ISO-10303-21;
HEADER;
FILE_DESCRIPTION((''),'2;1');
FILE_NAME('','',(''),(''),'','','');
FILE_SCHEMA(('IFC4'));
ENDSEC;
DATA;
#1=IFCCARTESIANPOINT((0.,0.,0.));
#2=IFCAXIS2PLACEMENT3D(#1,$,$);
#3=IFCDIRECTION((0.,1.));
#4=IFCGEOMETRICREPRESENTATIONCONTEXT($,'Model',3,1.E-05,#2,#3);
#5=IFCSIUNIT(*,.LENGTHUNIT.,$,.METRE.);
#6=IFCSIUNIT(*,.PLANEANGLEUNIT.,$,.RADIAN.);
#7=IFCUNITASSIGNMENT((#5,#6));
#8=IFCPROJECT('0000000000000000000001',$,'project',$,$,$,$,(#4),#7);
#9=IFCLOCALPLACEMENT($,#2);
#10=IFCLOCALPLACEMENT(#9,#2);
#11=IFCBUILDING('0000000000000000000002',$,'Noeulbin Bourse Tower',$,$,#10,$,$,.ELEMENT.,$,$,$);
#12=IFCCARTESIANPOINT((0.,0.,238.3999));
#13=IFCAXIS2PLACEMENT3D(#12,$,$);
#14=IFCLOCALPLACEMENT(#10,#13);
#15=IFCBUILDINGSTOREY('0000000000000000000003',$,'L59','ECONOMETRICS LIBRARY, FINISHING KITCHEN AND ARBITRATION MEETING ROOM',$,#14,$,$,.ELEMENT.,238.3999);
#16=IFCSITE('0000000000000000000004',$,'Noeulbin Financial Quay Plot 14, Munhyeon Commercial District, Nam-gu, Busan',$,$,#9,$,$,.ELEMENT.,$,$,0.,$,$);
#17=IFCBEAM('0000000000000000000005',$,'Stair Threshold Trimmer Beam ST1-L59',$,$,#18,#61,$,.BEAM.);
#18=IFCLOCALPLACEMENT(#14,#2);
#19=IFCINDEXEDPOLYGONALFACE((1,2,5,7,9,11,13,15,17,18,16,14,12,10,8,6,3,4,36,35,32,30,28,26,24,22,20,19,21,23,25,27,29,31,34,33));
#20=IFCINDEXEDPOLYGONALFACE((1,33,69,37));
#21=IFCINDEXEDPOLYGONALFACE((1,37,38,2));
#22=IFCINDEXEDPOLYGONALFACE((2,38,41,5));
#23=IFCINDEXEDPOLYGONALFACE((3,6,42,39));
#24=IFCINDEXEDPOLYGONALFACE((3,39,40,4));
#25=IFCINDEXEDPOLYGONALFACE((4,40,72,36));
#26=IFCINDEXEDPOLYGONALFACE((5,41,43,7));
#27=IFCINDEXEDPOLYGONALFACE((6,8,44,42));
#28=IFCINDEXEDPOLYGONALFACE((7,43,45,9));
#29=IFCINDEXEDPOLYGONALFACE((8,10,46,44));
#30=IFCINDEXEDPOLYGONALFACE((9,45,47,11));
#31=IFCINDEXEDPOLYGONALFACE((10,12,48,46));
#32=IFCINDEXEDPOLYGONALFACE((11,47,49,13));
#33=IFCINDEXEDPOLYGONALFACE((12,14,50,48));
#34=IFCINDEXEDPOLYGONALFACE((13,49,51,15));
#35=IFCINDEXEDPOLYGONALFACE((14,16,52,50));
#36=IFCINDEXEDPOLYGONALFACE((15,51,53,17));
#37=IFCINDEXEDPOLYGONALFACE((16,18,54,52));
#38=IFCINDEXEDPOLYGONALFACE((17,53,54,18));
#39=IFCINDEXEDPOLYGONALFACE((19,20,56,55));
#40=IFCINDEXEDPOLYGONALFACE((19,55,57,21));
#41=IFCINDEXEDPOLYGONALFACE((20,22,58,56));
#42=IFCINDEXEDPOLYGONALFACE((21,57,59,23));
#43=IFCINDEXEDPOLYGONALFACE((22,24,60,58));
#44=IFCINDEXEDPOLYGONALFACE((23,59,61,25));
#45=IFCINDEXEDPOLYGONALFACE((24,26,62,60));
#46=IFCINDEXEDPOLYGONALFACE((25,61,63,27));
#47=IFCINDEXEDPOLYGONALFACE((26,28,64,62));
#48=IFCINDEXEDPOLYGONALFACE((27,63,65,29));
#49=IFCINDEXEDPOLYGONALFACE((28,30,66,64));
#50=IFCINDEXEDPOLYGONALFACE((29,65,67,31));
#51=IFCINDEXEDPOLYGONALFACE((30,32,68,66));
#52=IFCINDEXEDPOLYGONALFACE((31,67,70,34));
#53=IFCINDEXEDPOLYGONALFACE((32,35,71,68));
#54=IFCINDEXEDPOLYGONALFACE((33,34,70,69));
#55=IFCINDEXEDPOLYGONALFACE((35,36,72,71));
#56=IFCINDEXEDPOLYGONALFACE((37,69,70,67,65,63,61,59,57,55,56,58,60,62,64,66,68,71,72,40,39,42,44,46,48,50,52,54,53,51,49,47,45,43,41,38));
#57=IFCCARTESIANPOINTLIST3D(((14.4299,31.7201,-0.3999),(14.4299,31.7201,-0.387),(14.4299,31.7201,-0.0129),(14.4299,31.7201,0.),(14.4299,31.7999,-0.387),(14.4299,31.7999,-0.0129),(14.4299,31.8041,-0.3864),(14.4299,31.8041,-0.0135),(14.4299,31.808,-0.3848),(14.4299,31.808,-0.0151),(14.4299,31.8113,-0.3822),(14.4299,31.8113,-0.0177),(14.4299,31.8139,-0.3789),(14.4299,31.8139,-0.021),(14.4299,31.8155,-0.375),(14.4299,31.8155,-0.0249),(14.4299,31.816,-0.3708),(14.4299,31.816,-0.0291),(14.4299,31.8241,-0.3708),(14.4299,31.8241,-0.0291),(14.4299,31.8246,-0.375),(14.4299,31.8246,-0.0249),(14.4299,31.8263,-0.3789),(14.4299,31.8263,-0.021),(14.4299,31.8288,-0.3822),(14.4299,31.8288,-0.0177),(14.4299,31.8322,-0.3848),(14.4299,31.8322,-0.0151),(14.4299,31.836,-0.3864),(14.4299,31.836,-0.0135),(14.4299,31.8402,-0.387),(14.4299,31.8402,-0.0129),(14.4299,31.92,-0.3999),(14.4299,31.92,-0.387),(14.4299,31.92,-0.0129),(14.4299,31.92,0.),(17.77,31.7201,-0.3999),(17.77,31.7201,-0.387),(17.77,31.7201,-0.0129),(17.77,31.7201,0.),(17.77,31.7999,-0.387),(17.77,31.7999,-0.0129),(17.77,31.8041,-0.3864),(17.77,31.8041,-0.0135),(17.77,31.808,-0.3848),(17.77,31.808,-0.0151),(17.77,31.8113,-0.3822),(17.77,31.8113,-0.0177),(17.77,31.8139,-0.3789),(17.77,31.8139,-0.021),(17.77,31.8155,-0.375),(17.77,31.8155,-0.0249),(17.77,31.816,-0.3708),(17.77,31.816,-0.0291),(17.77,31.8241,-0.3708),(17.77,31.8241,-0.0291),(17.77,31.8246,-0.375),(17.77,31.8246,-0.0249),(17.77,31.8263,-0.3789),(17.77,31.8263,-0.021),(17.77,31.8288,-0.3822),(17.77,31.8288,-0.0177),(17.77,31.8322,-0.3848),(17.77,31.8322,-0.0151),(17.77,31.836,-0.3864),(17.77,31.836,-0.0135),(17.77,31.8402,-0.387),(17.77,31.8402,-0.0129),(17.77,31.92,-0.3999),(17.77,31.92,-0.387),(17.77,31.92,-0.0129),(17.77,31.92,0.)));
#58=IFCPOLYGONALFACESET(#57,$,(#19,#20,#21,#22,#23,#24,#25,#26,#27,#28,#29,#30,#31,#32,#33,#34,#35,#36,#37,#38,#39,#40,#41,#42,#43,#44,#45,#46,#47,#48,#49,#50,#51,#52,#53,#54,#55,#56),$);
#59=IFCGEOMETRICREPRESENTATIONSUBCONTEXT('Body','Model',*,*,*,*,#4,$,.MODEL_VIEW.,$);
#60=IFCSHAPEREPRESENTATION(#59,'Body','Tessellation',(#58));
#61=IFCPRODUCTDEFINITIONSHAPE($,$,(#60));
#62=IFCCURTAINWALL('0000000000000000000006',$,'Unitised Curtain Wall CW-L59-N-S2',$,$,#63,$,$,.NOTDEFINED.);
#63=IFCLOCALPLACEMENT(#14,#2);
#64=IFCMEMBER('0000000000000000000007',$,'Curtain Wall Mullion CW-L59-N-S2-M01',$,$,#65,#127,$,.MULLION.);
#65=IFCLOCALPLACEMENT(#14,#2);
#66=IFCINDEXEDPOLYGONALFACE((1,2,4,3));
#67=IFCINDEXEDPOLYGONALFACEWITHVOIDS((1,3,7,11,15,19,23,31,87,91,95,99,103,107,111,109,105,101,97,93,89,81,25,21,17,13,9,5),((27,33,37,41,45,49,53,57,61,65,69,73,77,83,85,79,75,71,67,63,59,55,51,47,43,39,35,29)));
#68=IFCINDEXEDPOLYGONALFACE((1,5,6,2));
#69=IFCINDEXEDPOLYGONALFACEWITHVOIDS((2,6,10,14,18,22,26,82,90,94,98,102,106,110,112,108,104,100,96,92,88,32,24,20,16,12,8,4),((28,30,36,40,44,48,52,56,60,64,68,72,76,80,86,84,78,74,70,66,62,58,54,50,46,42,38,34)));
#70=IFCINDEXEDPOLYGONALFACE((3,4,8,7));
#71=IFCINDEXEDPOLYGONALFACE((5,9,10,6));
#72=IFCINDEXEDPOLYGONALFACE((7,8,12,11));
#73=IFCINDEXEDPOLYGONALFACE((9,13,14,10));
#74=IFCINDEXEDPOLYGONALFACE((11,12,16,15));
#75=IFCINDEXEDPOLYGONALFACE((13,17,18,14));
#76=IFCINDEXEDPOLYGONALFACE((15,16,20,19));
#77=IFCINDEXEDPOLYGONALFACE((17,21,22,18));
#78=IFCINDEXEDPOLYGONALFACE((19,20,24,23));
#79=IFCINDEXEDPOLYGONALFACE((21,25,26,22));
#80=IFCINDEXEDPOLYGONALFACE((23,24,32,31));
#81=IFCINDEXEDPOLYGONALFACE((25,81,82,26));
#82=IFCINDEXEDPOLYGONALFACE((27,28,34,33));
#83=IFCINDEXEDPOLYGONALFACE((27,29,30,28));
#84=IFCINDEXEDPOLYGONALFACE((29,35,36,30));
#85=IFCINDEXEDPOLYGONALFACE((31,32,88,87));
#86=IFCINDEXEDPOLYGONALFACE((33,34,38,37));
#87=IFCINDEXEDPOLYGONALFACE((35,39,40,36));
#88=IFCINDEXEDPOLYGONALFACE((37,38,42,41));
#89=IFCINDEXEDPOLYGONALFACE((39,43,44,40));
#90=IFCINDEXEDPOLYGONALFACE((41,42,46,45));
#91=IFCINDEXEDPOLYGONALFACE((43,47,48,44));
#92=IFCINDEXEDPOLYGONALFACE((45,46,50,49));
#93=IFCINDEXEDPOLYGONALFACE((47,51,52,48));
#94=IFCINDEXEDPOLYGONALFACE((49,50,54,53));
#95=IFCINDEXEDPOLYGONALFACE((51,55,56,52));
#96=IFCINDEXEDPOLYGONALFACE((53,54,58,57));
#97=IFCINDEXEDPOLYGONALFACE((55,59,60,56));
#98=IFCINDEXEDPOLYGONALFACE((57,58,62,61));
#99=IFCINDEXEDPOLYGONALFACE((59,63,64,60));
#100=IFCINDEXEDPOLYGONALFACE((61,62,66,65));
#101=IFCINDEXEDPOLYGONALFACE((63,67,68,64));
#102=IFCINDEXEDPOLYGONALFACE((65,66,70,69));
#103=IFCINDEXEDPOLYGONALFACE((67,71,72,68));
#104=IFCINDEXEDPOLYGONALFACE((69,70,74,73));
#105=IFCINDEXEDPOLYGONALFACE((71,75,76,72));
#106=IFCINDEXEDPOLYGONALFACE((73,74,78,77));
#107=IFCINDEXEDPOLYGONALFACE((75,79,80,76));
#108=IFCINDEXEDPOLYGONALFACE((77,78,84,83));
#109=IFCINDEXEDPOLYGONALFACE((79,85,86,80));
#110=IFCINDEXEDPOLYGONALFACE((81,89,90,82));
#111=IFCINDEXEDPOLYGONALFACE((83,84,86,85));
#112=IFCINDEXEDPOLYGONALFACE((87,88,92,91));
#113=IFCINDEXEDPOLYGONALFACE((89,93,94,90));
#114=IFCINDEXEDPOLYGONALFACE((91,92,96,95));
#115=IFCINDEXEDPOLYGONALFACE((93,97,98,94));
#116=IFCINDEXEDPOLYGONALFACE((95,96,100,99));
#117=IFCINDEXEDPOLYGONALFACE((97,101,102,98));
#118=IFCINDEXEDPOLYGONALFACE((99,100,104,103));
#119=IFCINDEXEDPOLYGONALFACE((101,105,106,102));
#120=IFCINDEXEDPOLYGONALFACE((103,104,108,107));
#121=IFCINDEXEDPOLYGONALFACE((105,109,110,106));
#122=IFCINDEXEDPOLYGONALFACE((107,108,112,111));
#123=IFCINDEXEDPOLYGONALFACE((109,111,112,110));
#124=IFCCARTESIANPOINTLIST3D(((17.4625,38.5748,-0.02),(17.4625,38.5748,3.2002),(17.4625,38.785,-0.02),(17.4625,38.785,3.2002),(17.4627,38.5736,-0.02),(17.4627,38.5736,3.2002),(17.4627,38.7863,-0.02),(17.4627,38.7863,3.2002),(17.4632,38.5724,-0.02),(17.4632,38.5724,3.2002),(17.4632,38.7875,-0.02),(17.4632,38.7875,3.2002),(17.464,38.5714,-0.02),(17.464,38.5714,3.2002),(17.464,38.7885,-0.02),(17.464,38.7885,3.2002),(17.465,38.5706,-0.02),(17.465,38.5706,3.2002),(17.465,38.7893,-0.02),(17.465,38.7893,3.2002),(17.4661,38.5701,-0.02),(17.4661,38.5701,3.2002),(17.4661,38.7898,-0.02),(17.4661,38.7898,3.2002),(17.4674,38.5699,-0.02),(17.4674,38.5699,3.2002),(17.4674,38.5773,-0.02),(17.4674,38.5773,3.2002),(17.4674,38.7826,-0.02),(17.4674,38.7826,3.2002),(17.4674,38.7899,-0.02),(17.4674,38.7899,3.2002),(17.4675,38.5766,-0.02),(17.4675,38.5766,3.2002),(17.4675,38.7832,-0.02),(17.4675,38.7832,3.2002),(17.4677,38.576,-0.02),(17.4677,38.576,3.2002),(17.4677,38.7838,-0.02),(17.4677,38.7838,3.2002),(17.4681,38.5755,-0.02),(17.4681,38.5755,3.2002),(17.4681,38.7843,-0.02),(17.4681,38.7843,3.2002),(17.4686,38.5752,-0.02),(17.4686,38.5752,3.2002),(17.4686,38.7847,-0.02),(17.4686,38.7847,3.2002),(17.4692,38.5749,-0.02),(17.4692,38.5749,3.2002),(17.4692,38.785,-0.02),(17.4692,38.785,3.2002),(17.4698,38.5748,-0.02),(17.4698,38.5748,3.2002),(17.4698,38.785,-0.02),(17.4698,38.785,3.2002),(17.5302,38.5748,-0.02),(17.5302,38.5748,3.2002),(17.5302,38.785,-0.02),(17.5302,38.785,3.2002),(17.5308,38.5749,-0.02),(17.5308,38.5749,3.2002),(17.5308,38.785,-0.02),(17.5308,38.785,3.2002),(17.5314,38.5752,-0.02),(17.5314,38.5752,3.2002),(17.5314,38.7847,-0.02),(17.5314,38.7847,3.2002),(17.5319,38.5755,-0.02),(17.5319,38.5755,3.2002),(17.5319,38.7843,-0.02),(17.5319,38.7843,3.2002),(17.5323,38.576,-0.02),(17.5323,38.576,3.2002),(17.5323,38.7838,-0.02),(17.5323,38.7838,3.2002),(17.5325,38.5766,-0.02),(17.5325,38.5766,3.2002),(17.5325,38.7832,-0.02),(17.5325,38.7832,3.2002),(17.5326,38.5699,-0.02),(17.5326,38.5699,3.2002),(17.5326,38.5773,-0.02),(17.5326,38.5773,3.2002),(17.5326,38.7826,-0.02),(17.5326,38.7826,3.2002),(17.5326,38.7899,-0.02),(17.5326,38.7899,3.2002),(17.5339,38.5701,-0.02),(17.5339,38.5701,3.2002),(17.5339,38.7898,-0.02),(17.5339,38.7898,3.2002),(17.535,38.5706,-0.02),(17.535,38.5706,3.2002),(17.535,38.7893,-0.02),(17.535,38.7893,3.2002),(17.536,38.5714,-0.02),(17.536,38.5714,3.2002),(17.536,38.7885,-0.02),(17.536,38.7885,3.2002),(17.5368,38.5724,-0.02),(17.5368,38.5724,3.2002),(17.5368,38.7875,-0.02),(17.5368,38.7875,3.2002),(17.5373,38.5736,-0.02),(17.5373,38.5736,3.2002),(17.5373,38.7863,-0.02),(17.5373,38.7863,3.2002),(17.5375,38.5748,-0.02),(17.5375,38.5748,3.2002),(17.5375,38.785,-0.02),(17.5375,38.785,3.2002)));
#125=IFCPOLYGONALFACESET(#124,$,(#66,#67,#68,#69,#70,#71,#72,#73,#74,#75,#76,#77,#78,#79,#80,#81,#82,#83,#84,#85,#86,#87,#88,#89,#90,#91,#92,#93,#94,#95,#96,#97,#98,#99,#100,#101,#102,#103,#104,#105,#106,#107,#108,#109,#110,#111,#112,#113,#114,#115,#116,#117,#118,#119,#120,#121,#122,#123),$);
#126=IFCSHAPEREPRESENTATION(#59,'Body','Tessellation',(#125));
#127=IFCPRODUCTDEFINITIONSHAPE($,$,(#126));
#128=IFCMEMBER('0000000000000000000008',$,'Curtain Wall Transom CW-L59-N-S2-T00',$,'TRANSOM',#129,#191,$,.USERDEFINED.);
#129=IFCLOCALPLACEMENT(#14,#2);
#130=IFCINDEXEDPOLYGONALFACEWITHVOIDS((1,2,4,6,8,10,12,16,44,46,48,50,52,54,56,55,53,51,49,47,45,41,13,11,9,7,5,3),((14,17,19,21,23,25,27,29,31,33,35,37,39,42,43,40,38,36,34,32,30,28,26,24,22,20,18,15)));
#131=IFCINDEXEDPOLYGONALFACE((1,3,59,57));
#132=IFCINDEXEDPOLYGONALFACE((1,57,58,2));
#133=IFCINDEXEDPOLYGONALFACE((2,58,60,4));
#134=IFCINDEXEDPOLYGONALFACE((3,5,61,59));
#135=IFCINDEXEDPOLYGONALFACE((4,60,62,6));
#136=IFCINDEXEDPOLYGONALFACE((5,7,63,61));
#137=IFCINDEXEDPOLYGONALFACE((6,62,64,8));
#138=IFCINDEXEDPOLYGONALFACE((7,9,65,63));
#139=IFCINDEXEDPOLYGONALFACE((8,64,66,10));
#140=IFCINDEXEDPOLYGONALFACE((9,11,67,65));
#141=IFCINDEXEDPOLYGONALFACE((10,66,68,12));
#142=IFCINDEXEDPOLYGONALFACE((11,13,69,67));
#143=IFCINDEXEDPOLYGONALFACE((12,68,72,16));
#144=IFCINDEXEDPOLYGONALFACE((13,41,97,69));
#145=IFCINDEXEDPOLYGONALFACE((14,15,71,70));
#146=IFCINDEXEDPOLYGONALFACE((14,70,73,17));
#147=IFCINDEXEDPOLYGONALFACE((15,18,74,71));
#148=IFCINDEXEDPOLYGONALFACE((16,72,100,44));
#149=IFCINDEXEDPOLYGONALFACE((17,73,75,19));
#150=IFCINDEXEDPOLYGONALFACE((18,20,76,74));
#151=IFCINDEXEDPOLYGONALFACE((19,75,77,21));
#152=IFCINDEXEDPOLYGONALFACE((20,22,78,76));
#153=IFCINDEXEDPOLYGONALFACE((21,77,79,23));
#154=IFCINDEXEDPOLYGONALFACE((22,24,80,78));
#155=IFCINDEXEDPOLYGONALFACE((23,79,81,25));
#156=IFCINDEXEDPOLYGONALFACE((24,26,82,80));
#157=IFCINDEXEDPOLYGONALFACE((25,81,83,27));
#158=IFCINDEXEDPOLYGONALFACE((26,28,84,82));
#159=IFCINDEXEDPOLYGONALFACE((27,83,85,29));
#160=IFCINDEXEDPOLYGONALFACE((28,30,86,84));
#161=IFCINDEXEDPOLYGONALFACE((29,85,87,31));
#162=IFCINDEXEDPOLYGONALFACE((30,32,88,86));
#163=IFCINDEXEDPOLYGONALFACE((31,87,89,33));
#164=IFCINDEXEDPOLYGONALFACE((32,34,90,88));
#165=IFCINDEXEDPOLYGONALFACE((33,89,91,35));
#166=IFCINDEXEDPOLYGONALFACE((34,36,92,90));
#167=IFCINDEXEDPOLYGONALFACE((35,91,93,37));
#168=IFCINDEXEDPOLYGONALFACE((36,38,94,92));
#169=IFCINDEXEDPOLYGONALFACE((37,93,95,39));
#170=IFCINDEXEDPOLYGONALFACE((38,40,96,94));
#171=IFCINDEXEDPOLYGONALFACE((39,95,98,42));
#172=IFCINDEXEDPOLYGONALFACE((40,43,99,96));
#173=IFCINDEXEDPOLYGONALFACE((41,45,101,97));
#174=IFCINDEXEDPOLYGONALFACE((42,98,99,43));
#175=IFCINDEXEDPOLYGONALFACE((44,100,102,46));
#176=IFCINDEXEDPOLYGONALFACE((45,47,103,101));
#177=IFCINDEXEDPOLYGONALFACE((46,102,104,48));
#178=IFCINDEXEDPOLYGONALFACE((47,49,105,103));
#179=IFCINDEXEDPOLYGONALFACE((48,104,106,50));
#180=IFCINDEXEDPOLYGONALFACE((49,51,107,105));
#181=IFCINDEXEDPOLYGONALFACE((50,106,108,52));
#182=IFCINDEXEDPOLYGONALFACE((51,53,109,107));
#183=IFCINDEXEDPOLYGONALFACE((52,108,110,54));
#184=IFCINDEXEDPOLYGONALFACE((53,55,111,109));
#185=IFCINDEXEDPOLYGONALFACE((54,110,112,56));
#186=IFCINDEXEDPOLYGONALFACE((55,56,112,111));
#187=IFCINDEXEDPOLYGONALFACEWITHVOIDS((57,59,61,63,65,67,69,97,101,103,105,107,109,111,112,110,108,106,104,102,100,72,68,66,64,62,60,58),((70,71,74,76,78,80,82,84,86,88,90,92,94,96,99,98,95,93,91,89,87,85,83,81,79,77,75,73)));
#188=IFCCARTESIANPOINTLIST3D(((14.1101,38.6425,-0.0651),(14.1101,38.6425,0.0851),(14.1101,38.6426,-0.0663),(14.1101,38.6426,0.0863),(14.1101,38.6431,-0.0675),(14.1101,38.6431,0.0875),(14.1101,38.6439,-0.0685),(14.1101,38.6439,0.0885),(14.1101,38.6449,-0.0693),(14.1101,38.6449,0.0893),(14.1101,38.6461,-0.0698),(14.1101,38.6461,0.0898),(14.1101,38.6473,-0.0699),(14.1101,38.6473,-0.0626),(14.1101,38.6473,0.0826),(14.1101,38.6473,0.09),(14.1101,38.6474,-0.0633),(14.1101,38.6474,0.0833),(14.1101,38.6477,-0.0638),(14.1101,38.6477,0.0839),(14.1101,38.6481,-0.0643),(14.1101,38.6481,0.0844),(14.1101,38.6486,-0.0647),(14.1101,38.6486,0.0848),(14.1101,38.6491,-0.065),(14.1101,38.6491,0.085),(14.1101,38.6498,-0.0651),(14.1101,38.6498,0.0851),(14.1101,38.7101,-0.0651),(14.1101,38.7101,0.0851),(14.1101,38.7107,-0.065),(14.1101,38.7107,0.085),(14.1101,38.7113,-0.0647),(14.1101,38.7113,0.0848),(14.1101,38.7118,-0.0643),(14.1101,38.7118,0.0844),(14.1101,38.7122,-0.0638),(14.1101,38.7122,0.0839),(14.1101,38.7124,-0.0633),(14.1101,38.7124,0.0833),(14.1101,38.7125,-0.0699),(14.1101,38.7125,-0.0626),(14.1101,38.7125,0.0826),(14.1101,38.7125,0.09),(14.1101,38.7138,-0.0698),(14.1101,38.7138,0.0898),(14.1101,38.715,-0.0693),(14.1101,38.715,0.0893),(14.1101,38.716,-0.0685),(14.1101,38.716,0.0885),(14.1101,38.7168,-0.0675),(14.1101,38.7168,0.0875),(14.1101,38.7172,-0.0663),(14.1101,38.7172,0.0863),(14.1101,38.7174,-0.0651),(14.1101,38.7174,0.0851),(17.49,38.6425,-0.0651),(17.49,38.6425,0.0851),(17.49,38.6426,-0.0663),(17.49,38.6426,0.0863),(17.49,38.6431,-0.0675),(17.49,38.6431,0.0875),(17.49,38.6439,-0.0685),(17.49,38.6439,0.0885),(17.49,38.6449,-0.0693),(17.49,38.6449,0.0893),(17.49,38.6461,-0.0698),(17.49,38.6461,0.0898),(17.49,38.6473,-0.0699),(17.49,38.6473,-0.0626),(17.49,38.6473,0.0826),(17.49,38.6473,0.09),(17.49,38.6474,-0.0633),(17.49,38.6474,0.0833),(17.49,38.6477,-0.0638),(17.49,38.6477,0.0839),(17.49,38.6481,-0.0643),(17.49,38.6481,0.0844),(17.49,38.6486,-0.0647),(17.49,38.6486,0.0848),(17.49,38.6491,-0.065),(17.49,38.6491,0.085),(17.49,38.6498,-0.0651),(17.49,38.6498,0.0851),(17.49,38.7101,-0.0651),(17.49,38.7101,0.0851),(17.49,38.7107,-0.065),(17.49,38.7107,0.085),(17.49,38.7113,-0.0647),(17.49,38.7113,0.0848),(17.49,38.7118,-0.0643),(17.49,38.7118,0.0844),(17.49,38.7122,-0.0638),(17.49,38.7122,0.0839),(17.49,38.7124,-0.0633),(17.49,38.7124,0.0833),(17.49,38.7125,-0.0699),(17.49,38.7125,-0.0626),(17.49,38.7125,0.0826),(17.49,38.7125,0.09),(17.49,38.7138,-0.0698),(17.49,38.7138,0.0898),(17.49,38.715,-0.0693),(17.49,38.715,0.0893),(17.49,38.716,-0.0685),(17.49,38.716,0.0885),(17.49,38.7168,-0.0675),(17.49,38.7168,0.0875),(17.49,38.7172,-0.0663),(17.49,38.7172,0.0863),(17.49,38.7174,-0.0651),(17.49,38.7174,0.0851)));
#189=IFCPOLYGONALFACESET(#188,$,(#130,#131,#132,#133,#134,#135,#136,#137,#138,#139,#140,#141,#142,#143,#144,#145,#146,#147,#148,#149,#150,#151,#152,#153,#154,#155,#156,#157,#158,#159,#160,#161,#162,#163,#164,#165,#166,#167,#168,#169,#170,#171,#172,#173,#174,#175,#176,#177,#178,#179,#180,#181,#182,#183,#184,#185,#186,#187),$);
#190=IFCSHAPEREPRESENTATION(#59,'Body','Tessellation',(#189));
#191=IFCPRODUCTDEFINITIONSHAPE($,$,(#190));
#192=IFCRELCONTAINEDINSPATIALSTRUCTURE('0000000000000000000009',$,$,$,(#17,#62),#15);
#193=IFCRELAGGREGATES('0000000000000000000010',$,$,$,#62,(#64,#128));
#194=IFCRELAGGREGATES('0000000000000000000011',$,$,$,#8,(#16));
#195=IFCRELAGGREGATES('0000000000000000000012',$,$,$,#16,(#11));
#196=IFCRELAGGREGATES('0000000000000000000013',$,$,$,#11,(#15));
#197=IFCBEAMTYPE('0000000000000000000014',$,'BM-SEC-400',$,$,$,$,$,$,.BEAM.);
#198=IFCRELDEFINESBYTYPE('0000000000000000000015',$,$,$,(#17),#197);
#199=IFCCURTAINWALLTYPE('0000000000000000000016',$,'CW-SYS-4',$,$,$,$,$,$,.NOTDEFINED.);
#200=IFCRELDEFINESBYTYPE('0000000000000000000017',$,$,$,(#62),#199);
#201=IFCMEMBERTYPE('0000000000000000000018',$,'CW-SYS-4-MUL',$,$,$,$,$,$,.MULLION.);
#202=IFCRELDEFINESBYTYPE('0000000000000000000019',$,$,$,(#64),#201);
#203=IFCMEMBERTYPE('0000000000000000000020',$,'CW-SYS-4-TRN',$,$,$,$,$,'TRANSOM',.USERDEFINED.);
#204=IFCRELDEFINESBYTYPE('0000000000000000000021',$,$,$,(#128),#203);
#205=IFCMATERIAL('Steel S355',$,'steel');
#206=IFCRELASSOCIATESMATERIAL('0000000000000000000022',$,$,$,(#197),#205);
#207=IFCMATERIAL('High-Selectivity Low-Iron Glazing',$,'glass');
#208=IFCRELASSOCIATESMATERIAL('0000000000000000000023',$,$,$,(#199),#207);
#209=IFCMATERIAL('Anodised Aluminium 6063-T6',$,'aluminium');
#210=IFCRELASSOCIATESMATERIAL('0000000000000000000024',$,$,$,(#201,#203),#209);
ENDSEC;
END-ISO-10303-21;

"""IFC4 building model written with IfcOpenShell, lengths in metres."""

from ifc_helpers import new_model, si_unit, direction, frame, origin, origin_2d, place, context, subcontext, project, spatial, hollow_rectangle, i_section, extrude, material, material_profile, profile_set, type_object, element, aggregate, save


model = new_model("IFC4")

# Units and contexts
model_context = context("Model", 3, precision=1e-05, world=origin(), true_north=direction((0.0, 1.0)))
body_context = subcontext(model_context, "Body", "Model", "MODEL_VIEW")
ifc_project = project(units=[si_unit("LENGTHUNIT", "METRE"), si_unit("PLANEANGLEUNIT", "RADIAN")], contexts=[model_context])

# Site, building, storey
site_placement = place(None, origin())
site = spatial("IfcSite", under=ifc_project, at=site_placement, Name="Noeulbin Financial Quay Plot 14, Munhyeon Commercial District, Nam-gu, Busan", CompositionType="ELEMENT", RefElevation=0.0)
building_placement = place(site_placement, origin())
building = spatial("IfcBuilding", under=site, at=building_placement, Name="Noeulbin Bourse Tower", CompositionType="ELEMENT")
storey_placement = place(building_placement, frame((0.0, 0.0, 238.3999)))
storey = spatial("IfcBuildingStorey", under=building, at=storey_placement, Name="L59", Description="ECONOMETRICS LIBRARY, FINISHING KITCHEN AND ARBITRATION MEETING ROOM", CompositionType="ELEMENT", Elevation=238.3999)

# Beam
ifc_material_1 = material(Name="Steel S355", Category="steel")
ifc_material_profile_1 = material_profile(ifc_material_1, i_section(OverallWidth=0.2, OverallDepth=0.3999, WebThickness=0.0081, FlangeThickness=0.0129, FilletRadius=0.0161, at=origin_2d()), Name="H-400x200x8x13", Category="LoadBearing")
ifc_profile_set_1 = profile_set([ifc_material_profile_1], Name="Steel S355")
beam_type = type_object("IfcBeamType", Name="BM-SEC-400", PredefinedType="BEAM", material=ifc_profile_set_1)
beam_placement = place(storey_placement, frame((14.4299, 31.8201, -0.2), z_axis=(1.0, 0.0, 0.0), x_axis=(0.0, 1.0, 0.0)))
element("IfcBeam", 1, at=beam_placement, inside=storey, type_object=beam_type, Name="Stair Threshold Trimmer Beam ST1-L59", PredefinedType="BEAM", context=body_context, shape_type="SweptSolid", body=[
    extrude(i_section(OverallWidth=0.2, OverallDepth=0.3999, WebThickness=0.0081, FlangeThickness=0.0129, FilletRadius=0.0161, at=origin_2d()), origin(), (0.0, 0.0, 1.0), 3.3401),
])

# Curtain wall, members
ifc_material_2 = material(Name="High-Selectivity Low-Iron Glazing", Category="glass")
curtain_wall_type = type_object("IfcCurtainWallType", Name="CW-SYS-4", PredefinedType="NOTDEFINED", material=ifc_material_2)
curtain_wall_placement = place(storey_placement, origin())
curtain_wall = element("IfcCurtainWall", 2, at=curtain_wall_placement, inside=storey, type_object=curtain_wall_type, Name="Unitised Curtain Wall CW-L59-N-S2", PredefinedType="NOTDEFINED")
ifc_material_3 = material(Name="Anodised Aluminium 6063-T6", Category="aluminium")
ifc_material_profile_2 = material_profile(ifc_material_3, hollow_rectangle(XDim=0.075, YDim=0.22, WallThickness=0.0049, InnerFilletRadius=0.0024, OuterFilletRadius=0.0049, at=origin_2d()), Name="ALU-MULL-75x220x5", Category="LoadBearing")
ifc_profile_set_2 = profile_set([ifc_material_profile_2], Name="Anodised Aluminium 6063-T6")
member_type_1 = type_object("IfcMemberType", Name="CW-SYS-4-MUL", PredefinedType="MULLION", material=ifc_profile_set_2)
member_1_placement = place(storey_placement, frame((17.5, 38.6799, -0.02), z_axis=(0.0, 0.0, 1.0), x_axis=(1.0, 0.0, 0.0)))
member_1 = element("IfcMember", 3, at=member_1_placement, type_object=member_type_1, Name="Curtain Wall Mullion CW-L59-N-S2-M01", PredefinedType="MULLION", context=body_context, shape_type="SweptSolid", body=[
    extrude(hollow_rectangle(XDim=0.075, YDim=0.22, WallThickness=0.0049, InnerFilletRadius=0.0024, OuterFilletRadius=0.0049, at=origin_2d()), origin(), (0.0, 0.0, 1.0), 3.2202),
])
ifc_material_profile_3 = material_profile(ifc_material_3, hollow_rectangle(XDim=0.075, YDim=0.1599, WallThickness=0.0049, InnerFilletRadius=0.0024, OuterFilletRadius=0.0049, at=origin_2d()), Name="ALU-TRAN-75x160x5", Category="LoadBearing")
ifc_profile_set_3 = profile_set([ifc_material_profile_3], Name="Anodised Aluminium 6063-T6")
member_type_2 = type_object("IfcMemberType", Name="CW-SYS-4-TRN", ElementType="TRANSOM", PredefinedType="USERDEFINED", material=ifc_profile_set_3)
member_2_placement = place(storey_placement, frame((14.1101, 38.6799, 0.01), z_axis=(1.0, 0.0, 0.0), x_axis=(0.0, 1.0, 0.0)))
member_2 = element("IfcMember", 4, at=member_2_placement, type_object=member_type_2, Name="Curtain Wall Transom CW-L59-N-S2-T00", ObjectType="TRANSOM", PredefinedType="USERDEFINED", context=body_context, shape_type="SweptSolid", body=[
    extrude(hollow_rectangle(XDim=0.075, YDim=0.1599, WallThickness=0.0049, InnerFilletRadius=0.0024, OuterFilletRadius=0.0049, at=origin_2d()), origin(), (0.0, 0.0, 1.0), 3.3799),
])
aggregate(curtain_wall, [member_1, member_2])

save(model, "model.ifc")
